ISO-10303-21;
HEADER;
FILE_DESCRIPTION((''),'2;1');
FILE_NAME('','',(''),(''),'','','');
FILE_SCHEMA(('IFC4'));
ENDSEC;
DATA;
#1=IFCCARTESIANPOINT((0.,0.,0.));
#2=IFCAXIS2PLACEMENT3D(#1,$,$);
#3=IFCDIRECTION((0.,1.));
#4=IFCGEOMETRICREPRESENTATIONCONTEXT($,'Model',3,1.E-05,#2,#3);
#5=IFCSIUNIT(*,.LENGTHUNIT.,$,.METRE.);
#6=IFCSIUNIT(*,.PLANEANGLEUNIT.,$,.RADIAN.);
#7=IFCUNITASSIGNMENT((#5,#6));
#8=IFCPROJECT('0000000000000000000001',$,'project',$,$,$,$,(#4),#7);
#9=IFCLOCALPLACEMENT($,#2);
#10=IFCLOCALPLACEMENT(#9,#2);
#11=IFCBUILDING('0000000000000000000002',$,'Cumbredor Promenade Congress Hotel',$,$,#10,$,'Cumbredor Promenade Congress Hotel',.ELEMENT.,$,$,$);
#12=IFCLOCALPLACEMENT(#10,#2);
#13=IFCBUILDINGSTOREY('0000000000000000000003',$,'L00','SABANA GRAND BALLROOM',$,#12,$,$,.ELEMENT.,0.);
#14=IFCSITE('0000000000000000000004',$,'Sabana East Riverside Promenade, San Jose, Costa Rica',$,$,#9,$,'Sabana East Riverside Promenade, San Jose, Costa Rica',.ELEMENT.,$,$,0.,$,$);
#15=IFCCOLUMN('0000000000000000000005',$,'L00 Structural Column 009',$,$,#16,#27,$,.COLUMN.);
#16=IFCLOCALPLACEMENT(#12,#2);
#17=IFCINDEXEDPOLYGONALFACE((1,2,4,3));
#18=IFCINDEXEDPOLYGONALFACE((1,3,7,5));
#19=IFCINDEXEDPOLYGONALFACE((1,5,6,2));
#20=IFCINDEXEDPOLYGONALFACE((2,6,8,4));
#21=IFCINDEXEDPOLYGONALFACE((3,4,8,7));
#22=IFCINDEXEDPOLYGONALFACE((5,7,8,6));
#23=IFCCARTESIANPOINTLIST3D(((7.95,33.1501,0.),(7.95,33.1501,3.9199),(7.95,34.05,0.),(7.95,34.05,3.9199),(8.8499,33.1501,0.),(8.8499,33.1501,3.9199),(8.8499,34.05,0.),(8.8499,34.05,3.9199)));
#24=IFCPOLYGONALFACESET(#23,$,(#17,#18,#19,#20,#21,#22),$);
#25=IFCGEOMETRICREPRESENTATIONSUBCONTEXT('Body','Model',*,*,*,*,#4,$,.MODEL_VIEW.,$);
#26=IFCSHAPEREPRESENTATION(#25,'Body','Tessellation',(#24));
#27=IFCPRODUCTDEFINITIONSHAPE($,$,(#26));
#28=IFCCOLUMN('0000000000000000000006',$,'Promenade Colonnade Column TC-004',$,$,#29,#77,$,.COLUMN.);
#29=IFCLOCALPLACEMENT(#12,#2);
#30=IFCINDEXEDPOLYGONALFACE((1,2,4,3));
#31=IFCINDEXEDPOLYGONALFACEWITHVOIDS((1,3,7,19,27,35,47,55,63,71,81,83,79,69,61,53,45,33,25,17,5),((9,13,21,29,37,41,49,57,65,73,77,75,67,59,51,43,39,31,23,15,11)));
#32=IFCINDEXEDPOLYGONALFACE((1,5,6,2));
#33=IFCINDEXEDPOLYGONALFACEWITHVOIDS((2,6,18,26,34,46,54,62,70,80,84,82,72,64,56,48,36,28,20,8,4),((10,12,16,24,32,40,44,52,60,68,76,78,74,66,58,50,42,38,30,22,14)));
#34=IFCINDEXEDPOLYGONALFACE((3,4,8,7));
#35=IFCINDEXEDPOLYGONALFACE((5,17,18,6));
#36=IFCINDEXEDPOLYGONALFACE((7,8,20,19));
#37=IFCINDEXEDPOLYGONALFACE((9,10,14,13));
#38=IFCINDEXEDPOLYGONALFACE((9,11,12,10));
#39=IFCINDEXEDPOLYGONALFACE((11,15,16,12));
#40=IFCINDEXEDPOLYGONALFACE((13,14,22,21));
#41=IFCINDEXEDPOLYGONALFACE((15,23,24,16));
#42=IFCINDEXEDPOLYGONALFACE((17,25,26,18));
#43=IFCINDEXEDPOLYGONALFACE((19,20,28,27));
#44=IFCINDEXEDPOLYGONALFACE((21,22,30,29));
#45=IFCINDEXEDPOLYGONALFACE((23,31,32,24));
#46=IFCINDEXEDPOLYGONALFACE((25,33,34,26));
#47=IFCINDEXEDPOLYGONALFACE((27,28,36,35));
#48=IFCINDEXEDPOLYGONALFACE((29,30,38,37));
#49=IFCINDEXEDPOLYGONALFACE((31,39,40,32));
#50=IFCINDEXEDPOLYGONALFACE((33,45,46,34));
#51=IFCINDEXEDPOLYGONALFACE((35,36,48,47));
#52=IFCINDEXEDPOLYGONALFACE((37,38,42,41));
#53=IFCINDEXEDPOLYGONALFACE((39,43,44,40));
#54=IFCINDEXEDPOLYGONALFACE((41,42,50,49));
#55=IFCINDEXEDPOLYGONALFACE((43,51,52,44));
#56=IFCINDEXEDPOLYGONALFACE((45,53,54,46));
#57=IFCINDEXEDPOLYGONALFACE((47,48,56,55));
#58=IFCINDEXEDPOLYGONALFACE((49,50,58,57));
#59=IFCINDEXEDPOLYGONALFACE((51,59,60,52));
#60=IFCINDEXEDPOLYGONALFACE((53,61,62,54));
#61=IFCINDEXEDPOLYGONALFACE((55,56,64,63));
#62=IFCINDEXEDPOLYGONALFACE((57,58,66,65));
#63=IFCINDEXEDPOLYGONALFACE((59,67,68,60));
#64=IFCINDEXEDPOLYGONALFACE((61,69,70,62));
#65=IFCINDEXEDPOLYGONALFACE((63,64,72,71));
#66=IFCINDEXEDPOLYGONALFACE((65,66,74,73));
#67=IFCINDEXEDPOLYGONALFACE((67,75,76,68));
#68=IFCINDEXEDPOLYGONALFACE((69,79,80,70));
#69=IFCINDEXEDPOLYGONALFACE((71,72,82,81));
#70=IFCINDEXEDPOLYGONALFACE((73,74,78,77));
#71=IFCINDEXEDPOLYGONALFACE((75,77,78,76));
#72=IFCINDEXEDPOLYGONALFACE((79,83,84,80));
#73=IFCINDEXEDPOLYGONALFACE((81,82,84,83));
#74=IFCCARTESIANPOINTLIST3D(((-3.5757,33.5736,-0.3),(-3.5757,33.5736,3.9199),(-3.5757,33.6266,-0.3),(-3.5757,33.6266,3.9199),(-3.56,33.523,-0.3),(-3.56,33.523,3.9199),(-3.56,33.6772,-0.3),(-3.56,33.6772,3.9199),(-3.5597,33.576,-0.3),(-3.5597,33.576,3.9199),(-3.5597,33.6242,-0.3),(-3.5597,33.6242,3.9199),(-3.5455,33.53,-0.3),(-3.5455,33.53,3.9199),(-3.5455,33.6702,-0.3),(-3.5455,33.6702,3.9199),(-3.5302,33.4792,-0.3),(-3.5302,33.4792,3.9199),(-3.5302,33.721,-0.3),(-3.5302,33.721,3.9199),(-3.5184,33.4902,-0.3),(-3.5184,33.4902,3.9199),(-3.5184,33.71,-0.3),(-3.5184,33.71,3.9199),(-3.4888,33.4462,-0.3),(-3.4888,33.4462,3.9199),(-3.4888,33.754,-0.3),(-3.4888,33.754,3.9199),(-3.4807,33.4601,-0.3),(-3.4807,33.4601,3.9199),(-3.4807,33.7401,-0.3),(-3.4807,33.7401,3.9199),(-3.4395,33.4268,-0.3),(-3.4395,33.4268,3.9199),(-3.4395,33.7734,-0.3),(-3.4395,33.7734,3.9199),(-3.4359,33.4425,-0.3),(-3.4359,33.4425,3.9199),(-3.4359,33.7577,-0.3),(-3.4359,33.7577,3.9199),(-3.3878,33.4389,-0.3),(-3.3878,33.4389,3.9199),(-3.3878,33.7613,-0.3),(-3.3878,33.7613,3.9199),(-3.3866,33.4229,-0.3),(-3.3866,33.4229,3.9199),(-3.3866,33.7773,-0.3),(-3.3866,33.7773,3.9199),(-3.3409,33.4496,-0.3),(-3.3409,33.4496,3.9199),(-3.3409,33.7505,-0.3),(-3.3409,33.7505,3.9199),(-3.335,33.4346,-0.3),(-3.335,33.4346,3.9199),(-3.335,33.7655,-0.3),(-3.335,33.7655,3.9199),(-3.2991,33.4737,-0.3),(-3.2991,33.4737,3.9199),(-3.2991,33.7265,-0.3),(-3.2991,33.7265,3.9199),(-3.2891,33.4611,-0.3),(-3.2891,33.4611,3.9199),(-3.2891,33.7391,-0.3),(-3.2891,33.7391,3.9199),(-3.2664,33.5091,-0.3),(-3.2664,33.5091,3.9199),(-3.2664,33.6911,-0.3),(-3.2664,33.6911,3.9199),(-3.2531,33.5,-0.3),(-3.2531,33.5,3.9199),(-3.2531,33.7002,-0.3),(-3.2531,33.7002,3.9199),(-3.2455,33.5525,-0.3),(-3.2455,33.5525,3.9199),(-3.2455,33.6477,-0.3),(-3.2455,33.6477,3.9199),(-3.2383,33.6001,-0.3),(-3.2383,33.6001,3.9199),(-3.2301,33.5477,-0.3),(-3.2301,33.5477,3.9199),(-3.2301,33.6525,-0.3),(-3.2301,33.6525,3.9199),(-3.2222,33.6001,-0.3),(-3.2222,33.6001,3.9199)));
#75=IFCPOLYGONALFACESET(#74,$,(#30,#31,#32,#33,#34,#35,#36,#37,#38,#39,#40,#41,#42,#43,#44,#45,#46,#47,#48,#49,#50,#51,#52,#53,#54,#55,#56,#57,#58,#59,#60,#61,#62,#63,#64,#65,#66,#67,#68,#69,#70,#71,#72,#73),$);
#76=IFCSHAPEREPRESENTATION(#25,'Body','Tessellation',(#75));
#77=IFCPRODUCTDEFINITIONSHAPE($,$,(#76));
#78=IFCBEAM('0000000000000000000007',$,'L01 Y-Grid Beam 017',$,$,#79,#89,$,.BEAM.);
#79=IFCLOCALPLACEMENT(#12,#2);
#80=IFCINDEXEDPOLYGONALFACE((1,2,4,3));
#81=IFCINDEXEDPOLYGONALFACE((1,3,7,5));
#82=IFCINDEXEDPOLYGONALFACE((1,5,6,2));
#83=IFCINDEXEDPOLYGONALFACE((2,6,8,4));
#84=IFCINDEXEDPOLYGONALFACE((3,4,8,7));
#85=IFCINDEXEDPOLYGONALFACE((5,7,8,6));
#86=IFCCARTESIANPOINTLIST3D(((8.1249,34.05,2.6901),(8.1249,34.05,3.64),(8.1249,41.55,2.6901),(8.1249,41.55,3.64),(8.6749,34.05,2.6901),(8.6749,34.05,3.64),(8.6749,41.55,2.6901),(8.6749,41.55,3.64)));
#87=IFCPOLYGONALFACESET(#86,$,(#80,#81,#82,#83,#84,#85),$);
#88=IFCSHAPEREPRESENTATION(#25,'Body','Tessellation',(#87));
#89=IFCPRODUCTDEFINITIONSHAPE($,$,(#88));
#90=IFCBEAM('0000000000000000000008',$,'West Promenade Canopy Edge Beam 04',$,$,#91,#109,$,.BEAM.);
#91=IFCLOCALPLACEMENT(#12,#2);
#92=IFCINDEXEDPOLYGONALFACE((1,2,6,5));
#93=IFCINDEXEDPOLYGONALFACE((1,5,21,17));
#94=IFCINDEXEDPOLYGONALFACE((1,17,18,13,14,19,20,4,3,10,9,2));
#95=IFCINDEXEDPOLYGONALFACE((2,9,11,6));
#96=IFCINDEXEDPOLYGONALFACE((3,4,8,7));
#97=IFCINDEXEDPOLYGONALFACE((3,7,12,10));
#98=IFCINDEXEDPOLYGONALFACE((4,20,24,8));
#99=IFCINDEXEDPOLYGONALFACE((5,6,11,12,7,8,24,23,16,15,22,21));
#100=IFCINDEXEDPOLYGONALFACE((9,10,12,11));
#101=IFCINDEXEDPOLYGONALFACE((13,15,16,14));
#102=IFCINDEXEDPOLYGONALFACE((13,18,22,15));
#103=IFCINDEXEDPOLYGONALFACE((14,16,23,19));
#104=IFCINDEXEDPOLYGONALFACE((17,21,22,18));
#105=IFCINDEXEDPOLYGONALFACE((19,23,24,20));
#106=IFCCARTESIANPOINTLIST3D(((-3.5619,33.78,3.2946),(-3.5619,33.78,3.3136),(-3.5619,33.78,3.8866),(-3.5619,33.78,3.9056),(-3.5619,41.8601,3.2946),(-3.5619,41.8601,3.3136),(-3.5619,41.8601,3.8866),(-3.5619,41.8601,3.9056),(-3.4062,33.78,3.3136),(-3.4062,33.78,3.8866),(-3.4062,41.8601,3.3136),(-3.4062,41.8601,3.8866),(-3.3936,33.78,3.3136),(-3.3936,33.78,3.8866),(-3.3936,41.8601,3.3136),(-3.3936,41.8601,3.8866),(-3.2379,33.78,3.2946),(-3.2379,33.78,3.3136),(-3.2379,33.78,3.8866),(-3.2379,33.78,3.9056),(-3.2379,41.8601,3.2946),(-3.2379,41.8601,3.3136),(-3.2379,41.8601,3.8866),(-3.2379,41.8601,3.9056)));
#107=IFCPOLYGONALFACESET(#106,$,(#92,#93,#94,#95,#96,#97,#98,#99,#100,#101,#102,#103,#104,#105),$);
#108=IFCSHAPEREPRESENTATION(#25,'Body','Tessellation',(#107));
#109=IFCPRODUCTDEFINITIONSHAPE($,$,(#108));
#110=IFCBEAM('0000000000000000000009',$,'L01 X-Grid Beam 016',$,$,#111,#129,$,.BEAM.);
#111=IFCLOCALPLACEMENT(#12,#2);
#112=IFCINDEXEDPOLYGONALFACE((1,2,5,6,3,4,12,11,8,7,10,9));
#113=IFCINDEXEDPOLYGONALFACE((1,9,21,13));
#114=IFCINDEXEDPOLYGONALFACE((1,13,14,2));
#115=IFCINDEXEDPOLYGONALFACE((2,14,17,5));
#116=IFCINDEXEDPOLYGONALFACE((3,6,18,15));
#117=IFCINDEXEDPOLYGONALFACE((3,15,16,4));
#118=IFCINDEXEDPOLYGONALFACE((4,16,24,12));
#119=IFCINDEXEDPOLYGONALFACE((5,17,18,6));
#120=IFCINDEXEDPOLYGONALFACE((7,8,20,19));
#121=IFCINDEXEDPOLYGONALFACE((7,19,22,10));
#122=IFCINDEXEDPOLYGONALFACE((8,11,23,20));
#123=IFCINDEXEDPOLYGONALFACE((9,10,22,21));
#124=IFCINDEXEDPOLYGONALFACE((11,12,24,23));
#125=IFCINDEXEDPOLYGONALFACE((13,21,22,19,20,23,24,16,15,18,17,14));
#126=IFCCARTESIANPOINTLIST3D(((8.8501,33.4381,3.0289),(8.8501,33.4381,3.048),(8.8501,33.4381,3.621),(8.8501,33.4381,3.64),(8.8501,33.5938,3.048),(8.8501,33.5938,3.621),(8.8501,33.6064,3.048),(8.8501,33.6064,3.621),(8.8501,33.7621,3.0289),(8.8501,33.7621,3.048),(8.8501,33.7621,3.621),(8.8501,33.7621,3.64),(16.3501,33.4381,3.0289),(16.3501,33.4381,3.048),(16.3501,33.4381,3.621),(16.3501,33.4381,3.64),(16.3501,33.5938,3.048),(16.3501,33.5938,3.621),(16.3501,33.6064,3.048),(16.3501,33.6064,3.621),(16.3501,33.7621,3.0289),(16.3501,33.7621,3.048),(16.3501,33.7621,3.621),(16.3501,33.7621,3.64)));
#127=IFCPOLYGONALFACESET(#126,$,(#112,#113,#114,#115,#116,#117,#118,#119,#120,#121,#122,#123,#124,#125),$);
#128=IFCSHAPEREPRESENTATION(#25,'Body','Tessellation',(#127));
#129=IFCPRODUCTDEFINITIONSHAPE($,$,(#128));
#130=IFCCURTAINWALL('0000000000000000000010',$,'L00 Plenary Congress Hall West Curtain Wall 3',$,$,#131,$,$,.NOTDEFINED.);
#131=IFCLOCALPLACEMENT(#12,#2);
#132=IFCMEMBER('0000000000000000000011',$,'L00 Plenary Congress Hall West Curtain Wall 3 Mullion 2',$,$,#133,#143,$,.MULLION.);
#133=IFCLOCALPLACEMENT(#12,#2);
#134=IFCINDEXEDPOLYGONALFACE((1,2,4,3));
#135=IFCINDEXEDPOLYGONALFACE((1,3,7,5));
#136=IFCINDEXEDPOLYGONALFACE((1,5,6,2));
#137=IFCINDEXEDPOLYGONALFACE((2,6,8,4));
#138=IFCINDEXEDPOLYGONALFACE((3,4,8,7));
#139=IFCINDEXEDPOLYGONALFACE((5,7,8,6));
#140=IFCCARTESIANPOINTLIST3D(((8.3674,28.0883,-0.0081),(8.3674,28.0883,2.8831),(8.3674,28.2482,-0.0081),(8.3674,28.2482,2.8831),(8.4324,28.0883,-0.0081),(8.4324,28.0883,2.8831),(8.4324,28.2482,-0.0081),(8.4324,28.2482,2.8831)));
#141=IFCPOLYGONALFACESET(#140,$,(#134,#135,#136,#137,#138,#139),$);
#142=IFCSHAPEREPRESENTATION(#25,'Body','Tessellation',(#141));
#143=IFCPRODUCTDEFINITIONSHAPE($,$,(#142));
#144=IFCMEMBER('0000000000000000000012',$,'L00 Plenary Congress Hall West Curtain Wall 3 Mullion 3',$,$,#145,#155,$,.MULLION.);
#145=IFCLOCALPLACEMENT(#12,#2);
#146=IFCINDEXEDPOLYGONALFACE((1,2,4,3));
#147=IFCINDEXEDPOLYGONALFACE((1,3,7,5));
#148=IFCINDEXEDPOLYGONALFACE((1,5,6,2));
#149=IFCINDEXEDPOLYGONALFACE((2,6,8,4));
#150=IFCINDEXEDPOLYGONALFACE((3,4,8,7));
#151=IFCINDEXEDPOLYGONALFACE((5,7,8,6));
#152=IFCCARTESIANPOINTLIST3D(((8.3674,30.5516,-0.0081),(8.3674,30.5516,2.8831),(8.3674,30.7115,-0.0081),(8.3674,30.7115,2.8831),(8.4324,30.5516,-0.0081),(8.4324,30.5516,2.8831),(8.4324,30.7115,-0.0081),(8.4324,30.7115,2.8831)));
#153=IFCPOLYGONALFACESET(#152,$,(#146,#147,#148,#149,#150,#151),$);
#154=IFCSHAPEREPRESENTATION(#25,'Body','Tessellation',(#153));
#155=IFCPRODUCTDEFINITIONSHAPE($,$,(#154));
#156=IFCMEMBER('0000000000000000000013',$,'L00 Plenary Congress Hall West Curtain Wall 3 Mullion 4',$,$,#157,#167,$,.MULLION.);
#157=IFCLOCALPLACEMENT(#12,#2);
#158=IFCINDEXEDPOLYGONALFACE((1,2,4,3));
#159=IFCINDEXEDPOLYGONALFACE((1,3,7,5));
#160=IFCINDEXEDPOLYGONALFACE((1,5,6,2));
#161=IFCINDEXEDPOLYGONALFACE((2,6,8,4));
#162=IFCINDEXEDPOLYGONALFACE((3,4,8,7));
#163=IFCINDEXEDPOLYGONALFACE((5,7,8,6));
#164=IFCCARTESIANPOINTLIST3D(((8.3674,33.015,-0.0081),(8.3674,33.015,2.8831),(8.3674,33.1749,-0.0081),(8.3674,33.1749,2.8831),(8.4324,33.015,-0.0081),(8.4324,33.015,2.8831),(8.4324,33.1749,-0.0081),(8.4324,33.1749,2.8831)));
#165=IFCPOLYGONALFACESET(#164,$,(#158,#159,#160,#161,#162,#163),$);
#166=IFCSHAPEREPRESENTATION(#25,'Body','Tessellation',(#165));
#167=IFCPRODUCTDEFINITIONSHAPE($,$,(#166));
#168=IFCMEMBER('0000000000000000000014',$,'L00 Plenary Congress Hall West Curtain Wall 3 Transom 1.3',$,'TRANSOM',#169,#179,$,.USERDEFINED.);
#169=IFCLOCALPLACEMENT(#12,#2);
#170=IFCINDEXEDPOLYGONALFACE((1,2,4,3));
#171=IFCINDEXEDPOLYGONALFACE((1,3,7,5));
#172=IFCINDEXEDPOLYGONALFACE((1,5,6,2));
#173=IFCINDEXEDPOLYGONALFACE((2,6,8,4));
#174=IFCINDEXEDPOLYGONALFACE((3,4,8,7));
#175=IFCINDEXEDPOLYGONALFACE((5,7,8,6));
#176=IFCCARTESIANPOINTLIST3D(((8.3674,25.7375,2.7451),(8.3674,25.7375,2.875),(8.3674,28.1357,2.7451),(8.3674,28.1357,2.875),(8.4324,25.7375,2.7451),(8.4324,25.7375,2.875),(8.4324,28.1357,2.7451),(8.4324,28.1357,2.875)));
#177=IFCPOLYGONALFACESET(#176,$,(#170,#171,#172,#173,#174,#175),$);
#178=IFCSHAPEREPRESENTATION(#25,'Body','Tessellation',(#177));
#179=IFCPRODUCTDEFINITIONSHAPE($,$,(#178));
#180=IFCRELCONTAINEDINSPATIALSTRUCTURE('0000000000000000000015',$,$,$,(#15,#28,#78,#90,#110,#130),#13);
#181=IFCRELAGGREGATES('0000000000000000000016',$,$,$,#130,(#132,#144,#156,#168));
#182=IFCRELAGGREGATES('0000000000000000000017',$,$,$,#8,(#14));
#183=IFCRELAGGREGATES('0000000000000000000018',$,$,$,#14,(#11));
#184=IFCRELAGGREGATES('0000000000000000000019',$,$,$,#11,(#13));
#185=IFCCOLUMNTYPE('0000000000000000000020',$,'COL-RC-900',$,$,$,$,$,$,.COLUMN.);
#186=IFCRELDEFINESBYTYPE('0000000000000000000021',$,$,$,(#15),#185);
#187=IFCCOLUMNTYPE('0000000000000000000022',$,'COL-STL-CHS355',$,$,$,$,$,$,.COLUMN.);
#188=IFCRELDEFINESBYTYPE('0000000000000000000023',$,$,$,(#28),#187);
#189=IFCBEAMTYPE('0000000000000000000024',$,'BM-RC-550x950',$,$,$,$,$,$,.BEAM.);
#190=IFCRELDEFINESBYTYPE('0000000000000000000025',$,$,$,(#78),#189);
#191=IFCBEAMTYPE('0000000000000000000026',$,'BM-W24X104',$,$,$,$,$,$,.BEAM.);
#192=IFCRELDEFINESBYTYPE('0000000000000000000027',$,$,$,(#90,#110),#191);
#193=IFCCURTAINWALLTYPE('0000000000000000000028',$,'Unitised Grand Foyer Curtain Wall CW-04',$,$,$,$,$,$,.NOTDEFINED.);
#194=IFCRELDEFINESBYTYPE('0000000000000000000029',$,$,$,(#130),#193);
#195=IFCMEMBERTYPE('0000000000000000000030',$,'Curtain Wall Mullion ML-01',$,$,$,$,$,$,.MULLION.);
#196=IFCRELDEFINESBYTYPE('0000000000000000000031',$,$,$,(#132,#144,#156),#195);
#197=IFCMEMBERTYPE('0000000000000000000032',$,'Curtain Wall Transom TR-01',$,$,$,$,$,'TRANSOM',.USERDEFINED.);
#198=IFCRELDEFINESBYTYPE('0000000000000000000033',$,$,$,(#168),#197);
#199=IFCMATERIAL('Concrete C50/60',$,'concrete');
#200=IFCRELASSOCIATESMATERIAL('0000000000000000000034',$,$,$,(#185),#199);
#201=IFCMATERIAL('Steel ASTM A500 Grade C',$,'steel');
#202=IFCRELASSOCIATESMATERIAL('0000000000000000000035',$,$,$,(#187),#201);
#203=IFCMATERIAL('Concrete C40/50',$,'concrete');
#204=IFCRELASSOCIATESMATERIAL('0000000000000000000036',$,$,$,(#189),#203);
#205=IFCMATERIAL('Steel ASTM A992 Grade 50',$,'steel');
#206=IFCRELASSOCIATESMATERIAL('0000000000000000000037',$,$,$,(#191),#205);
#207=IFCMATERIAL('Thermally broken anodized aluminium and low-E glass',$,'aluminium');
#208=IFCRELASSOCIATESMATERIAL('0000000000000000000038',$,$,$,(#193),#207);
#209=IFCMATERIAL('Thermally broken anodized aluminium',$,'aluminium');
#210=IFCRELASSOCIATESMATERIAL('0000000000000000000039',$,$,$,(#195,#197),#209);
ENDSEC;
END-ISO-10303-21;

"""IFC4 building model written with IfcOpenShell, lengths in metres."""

from ifc_helpers import new_model, si_unit, direction, frame, origin, origin_2d, place, context, subcontext, project, spatial, rectangle, hollow_circle, i_section, extrude, material, material_profile, profile_set, type_object, element, aggregate, save


model = new_model("IFC4")

# Units and contexts
model_context = context("Model", 3, precision=1e-05, world=origin(), true_north=direction((0.0, 1.0)))
body_context = subcontext(model_context, "Body", "Model", "MODEL_VIEW")
ifc_project = project(units=[si_unit("LENGTHUNIT", "METRE"), si_unit("PLANEANGLEUNIT", "RADIAN")], contexts=[model_context])

# Site, building, storey
site_placement = place(None, origin())
site = spatial("IfcSite", under=ifc_project, at=site_placement, Name="Sabana East Riverside Promenade, San Jose, Costa Rica", LongName="Sabana East Riverside Promenade, San Jose, Costa Rica", CompositionType="ELEMENT", RefElevation=0.0)
building_placement = place(site_placement, origin())
building = spatial("IfcBuilding", under=site, at=building_placement, Name="Cumbredor Promenade Congress Hotel", LongName="Cumbredor Promenade Congress Hotel", CompositionType="ELEMENT")
storey_placement = place(building_placement, origin())
storey = spatial("IfcBuildingStorey", under=building, at=storey_placement, Name="L00", Description="SABANA GRAND BALLROOM", CompositionType="ELEMENT", Elevation=0.0)

# Columns
ifc_material_1 = material(Name="Concrete C50/60", Category="concrete")
ifc_material_profile_1 = material_profile(ifc_material_1, rectangle(XDim=0.8999, YDim=0.8999, at=origin_2d()), Name="RC 900x900")
ifc_profile_set_1 = profile_set([ifc_material_profile_1], Name="Concrete C50/60")
column_type_1 = type_object("IfcColumnType", Name="COL-RC-900", PredefinedType="COLUMN", material=ifc_profile_set_1)
column_1_placement = place(storey_placement, frame((8.3999, 33.6001, 0.0), z_axis=(0.0, 0.0, 1.0), x_axis=(1.0, 0.0, 0.0)))
element("IfcColumn", 1, at=column_1_placement, inside=storey, type_object=column_type_1, Name="L00 Structural Column 009", PredefinedType="COLUMN", context=body_context, shape_type="SweptSolid", body=[
    extrude(rectangle(XDim=0.8999, YDim=0.8999, at=origin_2d()), origin(), (0.0, 0.0, 1.0), 3.9199),
])
ifc_material_2 = material(Name="Steel ASTM A500 Grade C", Category="steel")
ifc_material_profile_2 = material_profile(ifc_material_2, hollow_circle(Radius=0.1777, WallThickness=0.0161, at=origin_2d()), Name="CHS 355.6x16")
ifc_profile_set_2 = profile_set([ifc_material_profile_2], Name="Steel ASTM A500 Grade C")
column_type_2 = type_object("IfcColumnType", Name="COL-STL-CHS355", PredefinedType="COLUMN", material=ifc_profile_set_2)
column_2_placement = place(storey_placement, frame((-3.3999, 33.6001, -0.3), z_axis=(0.0, 0.0, 1.0), x_axis=(1.0, 0.0, 0.0)))
element("IfcColumn", 2, at=column_2_placement, inside=storey, type_object=column_type_2, Name="Promenade Colonnade Column TC-004", PredefinedType="COLUMN", context=body_context, shape_type="SweptSolid", body=[
    extrude(hollow_circle(Radius=0.1777, WallThickness=0.0161, at=origin_2d()), origin(), (0.0, 0.0, 1.0), 4.22),
])

# Beams
ifc_material_3 = material(Name="Concrete C40/50", Category="concrete")
ifc_material_profile_3 = material_profile(ifc_material_3, rectangle(XDim=0.55, YDim=0.95, at=origin_2d()), Name="RC BEAM 550x950")
ifc_profile_set_3 = profile_set([ifc_material_profile_3], Name="Concrete C40/50")
beam_type_1 = type_object("IfcBeamType", Name="BM-RC-550x950", PredefinedType="BEAM", material=ifc_profile_set_3)
beam_1_placement = place(storey_placement, frame((8.3999, 34.05, 3.165), z_axis=(0.0, 1.0, 0.0), x_axis=(-1.0, 0.0, 0.0)))
element("IfcBeam", 3, at=beam_1_placement, inside=storey, type_object=beam_type_1, Name="L01 Y-Grid Beam 017", PredefinedType="BEAM", context=body_context, shape_type="SweptSolid", body=[
    extrude(rectangle(XDim=0.55, YDim=0.95, at=origin_2d()), origin(), (0.0, 0.0, 1.0), 7.5),
])
ifc_material_4 = material(Name="Steel ASTM A992 Grade 50", Category="steel")
ifc_material_profile_4 = material_profile(ifc_material_4, i_section(OverallWidth=0.324, OverallDepth=0.6111, WebThickness=0.0127, FlangeThickness=0.019, at=origin_2d()), Name="W24X104")
ifc_profile_set_4 = profile_set([ifc_material_profile_4], Name="Steel ASTM A992 Grade 50")
beam_type_2 = type_object("IfcBeamType", Name="BM-W24X104", PredefinedType="BEAM", material=ifc_profile_set_4)
beam_2_placement = place(storey_placement, frame((-3.3999, 33.78, 3.6001), z_axis=(0.0, 1.0, 0.0), x_axis=(-1.0, 0.0, 0.0)))
element("IfcBeam", 4, at=beam_2_placement, inside=storey, type_object=beam_type_2, Name="West Promenade Canopy Edge Beam 04", PredefinedType="BEAM", context=body_context, shape_type="SweptSolid", body=[
    extrude(i_section(OverallWidth=0.324, OverallDepth=0.6111, WebThickness=0.0127, FlangeThickness=0.019, at=origin_2d()), origin(), (0.0, 0.0, 1.0), 8.0801),
])
beam_3_placement = place(storey_placement, frame((8.8501, 33.6001, 3.3345), z_axis=(1.0, 0.0, 0.0), x_axis=(0.0, 1.0, 0.0)))
element("IfcBeam", 5, at=beam_3_placement, inside=storey, type_object=beam_type_2, Name="L01 X-Grid Beam 016", PredefinedType="BEAM", context=body_context, shape_type="SweptSolid", body=[
    extrude(i_section(OverallWidth=0.324, OverallDepth=0.6111, WebThickness=0.0127, FlangeThickness=0.019, at=origin_2d()), origin(), (0.0, 0.0, 1.0), 7.5),
])

# Curtain wall, members
ifc_material_5 = material(Name="Thermally broken anodized aluminium and low-E glass", Category="aluminium")
curtain_wall_type = type_object("IfcCurtainWallType", Name="Unitised Grand Foyer Curtain Wall CW-04", PredefinedType="NOTDEFINED", material=ifc_material_5)
curtain_wall_placement = place(storey_placement, origin())
curtain_wall = element("IfcCurtainWall", 6, at=curtain_wall_placement, inside=storey, type_object=curtain_wall_type, Name="L00 Plenary Congress Hall West Curtain Wall 3", PredefinedType="NOTDEFINED")
ifc_material_6 = material(Name="Thermally broken anodized aluminium", Category="aluminium")
ifc_material_profile_5 = material_profile(ifc_material_6, rectangle(XDim=0.0649, YDim=0.1599, at=origin_2d()), Name="ALU MULLION 65x160")
ifc_profile_set_5 = profile_set([ifc_material_profile_5], Name="Thermally broken anodized aluminium")
member_type_1 = type_object("IfcMemberType", Name="Curtain Wall Mullion ML-01", PredefinedType="MULLION", material=ifc_profile_set_5)
member_1_placement = place(storey_placement, frame((8.3999, 28.1682, -0.0081), z_axis=(0.0, 0.0, 1.0), x_axis=(1.0, 0.0, 0.0)))
member_1 = element("IfcMember", 7, at=member_1_placement, type_object=member_type_1, Name="L00 Plenary Congress Hall West Curtain Wall 3 Mullion 2", PredefinedType="MULLION", context=body_context, shape_type="SweptSolid", body=[
    extrude(rectangle(XDim=0.0649, YDim=0.1599, at=origin_2d()), origin(), (0.0, 0.0, 1.0), 2.8911),
])
member_2_placement = place(storey_placement, frame((8.3999, 30.6316, -0.0081), z_axis=(0.0, 0.0, 1.0), x_axis=(1.0, 0.0, 0.0)))
member_2 = element("IfcMember", 8, at=member_2_placement, type_object=member_type_1, Name="L00 Plenary Congress Hall West Curtain Wall 3 Mullion 3", PredefinedType="MULLION", context=body_context, shape_type="SweptSolid", body=[
    extrude(rectangle(XDim=0.0649, YDim=0.1599, at=origin_2d()), origin(), (0.0, 0.0, 1.0), 2.8911),
])
member_3_placement = place(storey_placement, frame((8.3999, 33.095, -0.0081), z_axis=(0.0, 0.0, 1.0), x_axis=(1.0, 0.0, 0.0)))
member_3 = element("IfcMember", 9, at=member_3_placement, type_object=member_type_1, Name="L00 Plenary Congress Hall West Curtain Wall 3 Mullion 4", PredefinedType="MULLION", context=body_context, shape_type="SweptSolid", body=[
    extrude(rectangle(XDim=0.0649, YDim=0.1599, at=origin_2d()), origin(), (0.0, 0.0, 1.0), 2.8911),
])
ifc_material_profile_6 = material_profile(ifc_material_6, rectangle(XDim=0.0649, YDim=0.1299, at=origin_2d()), Name="ALU TRANSOM 65x130")
ifc_profile_set_6 = profile_set([ifc_material_profile_6], Name="Thermally broken anodized aluminium")
member_type_2 = type_object("IfcMemberType", Name="Curtain Wall Transom TR-01", ElementType="TRANSOM", PredefinedType="USERDEFINED", material=ifc_profile_set_6)
member_4_placement = place(storey_placement, frame((8.3999, 25.7375, 2.8101), z_axis=(0.0, 1.0, 0.0), x_axis=(-1.0, 0.0, 0.0)))
member_4 = element("IfcMember", 10, at=member_4_placement, type_object=member_type_2, Name="L00 Plenary Congress Hall West Curtain Wall 3 Transom 1.3", ObjectType="TRANSOM", PredefinedType="USERDEFINED", context=body_context, shape_type="SweptSolid", body=[
    extrude(rectangle(XDim=0.0649, YDim=0.1299, at=origin_2d()), origin(), (0.0, 0.0, 1.0), 2.3982),
])

aggregate(curtain_wall, [member_1, member_2, member_3, member_4])

save(model, "model.ifc")
